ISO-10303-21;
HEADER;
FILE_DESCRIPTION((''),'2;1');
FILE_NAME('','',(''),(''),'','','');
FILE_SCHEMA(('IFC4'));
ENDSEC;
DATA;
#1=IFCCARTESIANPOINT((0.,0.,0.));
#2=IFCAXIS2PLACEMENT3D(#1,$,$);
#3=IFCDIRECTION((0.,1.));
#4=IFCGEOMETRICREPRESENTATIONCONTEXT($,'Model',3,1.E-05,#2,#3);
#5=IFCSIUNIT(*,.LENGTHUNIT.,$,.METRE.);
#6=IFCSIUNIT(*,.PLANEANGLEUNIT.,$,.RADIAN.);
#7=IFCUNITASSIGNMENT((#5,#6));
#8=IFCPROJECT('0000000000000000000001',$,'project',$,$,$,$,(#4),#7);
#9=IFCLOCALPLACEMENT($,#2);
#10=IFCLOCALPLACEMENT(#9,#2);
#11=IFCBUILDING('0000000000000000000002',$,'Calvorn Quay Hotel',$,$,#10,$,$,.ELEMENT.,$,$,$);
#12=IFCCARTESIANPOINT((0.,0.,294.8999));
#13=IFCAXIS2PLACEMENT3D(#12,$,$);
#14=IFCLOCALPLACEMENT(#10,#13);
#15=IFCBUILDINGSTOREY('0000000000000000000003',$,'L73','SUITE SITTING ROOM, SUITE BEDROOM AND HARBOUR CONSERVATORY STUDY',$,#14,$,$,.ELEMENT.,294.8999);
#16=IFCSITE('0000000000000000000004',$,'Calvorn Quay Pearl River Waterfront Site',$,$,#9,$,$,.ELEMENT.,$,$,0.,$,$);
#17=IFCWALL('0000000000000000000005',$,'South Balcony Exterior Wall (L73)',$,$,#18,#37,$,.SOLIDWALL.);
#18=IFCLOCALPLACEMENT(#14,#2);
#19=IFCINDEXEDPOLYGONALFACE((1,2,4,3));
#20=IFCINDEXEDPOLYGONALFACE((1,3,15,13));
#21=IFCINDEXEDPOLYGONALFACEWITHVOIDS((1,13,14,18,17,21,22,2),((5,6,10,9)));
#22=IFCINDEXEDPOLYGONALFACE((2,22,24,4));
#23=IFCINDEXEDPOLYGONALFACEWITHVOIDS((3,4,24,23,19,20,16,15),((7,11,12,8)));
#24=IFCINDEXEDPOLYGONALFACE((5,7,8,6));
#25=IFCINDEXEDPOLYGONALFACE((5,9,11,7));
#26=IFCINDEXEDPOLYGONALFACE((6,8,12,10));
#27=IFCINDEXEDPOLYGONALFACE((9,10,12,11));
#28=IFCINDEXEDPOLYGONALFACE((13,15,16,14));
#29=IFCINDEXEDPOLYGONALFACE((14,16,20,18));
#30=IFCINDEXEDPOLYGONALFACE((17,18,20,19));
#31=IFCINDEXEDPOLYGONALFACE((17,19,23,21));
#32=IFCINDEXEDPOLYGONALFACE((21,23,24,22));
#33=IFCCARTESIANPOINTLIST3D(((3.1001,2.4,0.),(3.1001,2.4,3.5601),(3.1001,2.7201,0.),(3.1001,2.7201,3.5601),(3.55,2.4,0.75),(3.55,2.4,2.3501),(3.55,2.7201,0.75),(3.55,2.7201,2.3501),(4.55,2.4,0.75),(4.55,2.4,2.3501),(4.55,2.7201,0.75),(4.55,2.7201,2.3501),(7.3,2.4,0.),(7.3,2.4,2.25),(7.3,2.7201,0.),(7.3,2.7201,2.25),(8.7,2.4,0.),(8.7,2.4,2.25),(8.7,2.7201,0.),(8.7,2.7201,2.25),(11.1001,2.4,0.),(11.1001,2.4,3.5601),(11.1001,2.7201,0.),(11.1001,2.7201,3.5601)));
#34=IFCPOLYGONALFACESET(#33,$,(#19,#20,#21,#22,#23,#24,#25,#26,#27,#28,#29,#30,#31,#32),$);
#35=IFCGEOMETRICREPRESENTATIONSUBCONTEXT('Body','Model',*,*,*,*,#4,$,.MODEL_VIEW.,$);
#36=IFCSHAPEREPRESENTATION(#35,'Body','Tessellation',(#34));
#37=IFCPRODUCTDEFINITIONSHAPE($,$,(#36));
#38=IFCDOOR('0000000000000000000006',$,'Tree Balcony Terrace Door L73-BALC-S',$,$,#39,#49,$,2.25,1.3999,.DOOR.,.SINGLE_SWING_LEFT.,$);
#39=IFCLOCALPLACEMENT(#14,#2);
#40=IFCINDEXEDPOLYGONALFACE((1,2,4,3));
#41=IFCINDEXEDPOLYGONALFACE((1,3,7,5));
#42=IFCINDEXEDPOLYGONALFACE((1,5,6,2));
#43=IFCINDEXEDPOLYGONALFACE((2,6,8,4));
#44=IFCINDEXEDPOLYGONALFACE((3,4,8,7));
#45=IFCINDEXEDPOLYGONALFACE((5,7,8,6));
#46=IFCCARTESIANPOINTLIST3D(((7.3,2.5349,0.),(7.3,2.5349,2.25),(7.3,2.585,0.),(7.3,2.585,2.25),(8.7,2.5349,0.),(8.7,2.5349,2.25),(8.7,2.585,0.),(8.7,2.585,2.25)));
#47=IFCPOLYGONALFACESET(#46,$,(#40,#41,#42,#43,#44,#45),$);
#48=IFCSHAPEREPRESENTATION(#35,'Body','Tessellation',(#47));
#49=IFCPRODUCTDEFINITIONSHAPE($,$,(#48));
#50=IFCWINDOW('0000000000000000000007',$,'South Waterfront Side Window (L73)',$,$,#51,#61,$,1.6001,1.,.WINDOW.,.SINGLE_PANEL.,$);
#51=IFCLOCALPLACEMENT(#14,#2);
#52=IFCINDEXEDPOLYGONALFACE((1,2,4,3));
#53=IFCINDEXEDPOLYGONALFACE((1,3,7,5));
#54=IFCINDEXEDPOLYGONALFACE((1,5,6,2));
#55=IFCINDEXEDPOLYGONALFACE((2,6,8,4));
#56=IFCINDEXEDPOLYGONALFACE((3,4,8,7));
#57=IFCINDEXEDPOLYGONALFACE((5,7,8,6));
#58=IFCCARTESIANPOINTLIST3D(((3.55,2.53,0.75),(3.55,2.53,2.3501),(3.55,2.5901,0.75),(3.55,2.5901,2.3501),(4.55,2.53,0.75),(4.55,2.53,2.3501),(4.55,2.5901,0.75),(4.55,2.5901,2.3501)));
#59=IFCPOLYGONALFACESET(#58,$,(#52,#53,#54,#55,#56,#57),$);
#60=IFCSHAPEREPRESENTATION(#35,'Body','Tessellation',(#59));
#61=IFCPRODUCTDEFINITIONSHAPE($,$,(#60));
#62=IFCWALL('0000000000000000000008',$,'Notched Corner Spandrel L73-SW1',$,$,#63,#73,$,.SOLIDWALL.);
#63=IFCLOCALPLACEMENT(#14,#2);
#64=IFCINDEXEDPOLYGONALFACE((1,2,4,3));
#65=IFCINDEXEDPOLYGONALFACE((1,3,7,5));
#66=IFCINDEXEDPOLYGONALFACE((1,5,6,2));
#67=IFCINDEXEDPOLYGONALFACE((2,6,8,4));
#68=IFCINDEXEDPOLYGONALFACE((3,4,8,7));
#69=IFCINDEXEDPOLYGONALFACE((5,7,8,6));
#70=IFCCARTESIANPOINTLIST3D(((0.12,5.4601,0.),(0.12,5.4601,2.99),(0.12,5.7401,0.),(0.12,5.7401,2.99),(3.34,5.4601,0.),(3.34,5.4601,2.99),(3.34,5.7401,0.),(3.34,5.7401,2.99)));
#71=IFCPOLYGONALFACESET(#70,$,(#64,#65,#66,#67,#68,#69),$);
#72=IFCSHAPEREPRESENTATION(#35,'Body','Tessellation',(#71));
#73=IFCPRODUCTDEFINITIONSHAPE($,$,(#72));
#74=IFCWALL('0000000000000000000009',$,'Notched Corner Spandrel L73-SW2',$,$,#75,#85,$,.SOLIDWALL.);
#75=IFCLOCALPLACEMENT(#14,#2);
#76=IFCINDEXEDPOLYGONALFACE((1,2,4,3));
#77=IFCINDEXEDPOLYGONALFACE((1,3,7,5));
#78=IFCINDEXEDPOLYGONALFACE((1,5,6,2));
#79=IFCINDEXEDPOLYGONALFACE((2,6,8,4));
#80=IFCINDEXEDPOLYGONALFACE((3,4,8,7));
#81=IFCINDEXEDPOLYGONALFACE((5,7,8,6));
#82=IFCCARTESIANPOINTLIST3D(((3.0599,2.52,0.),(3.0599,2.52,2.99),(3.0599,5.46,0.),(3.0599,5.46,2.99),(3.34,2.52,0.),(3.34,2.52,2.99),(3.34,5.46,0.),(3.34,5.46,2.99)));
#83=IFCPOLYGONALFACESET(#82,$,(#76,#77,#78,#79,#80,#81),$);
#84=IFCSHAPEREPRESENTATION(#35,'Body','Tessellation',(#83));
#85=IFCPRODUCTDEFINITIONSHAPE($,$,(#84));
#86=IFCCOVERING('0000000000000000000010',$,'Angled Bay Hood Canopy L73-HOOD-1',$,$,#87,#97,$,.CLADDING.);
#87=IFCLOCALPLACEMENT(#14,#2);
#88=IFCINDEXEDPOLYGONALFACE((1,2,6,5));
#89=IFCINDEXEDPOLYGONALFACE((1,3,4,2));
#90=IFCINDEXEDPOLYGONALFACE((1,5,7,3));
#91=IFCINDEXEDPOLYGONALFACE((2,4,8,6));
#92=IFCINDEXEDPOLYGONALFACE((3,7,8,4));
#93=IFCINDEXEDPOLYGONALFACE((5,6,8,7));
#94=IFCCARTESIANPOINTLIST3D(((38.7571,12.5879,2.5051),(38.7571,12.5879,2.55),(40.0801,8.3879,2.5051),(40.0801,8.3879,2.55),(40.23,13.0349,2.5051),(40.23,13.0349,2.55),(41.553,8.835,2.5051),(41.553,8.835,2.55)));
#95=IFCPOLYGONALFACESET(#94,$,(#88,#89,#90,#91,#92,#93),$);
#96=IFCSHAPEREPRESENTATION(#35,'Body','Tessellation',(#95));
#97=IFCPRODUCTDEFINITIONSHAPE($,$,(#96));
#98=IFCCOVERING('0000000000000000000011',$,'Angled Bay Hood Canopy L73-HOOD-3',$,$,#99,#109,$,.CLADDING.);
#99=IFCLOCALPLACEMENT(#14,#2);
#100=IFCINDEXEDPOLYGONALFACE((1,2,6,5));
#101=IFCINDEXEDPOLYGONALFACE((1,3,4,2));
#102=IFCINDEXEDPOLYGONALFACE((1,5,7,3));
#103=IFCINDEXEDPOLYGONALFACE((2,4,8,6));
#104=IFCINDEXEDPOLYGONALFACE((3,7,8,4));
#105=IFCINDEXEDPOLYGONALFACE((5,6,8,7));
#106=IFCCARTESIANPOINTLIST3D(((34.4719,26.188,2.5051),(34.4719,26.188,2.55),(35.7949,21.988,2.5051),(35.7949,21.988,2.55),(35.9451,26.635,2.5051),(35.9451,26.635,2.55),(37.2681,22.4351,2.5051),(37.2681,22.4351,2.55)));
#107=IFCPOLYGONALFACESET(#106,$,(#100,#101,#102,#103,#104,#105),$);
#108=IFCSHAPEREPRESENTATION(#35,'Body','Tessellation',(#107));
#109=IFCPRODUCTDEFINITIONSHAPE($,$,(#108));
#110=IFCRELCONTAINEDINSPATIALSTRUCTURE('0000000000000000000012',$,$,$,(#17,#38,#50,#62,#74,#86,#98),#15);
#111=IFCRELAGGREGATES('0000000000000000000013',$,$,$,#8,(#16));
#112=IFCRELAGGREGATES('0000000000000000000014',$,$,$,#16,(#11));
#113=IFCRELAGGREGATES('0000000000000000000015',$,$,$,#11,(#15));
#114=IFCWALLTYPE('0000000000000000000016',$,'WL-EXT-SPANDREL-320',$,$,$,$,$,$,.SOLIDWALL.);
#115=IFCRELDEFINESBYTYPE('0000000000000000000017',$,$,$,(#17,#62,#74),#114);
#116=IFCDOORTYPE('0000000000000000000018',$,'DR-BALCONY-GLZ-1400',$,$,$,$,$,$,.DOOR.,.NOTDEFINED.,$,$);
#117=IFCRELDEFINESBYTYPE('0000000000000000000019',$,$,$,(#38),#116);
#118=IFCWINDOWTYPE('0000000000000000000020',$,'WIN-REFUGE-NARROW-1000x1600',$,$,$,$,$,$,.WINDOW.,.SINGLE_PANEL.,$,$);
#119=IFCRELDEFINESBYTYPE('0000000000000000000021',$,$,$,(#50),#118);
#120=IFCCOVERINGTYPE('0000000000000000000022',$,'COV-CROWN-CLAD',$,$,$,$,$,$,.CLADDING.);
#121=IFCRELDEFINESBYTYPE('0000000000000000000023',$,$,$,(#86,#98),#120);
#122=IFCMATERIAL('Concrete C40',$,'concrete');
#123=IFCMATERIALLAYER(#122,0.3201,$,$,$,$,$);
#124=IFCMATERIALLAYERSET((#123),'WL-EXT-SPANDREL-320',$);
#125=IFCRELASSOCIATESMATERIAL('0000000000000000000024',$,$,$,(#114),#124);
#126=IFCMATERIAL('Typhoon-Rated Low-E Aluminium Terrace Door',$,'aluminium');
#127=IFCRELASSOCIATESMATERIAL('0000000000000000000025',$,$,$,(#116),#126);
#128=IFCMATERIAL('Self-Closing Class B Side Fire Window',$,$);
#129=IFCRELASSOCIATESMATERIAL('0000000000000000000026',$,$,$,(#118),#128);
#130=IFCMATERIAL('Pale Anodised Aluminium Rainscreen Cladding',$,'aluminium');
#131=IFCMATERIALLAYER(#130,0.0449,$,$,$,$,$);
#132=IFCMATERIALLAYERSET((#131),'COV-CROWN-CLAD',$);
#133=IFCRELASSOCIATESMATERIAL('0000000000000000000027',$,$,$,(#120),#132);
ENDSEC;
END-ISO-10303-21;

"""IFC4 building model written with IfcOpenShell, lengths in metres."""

from ifc_helpers import new_model, si_unit, direction, frame, frame_2d, origin, place, context, subcontext, project, spatial, polyline, rectangle, outline, extrude, material, layer, layer_set, type_object, element, fill, save


model = new_model("IFC4")

# Units and contexts
model_context = context("Model", 3, precision=1e-05, world=origin(), true_north=direction((0.0, 1.0)))
body_context = subcontext(model_context, "Body", "Model", "MODEL_VIEW")
ifc_project = project(units=[si_unit("LENGTHUNIT", "METRE"), si_unit("PLANEANGLEUNIT", "RADIAN")], contexts=[model_context])

# Site, building, storey
site_placement = place(None, origin())
site = spatial("IfcSite", under=ifc_project, at=site_placement, Name="Calvorn Quay Pearl River Waterfront Site", CompositionType="ELEMENT", RefElevation=0.0)
building_placement = place(site_placement, origin())
building = spatial("IfcBuilding", under=site, at=building_placement, Name="Calvorn Quay Hotel", CompositionType="ELEMENT")
storey_placement = place(building_placement, frame((0.0, 0.0, 294.8999)))
storey = spatial("IfcBuildingStorey", under=building, at=storey_placement, Name="L73", Description="SUITE SITTING ROOM, SUITE BEDROOM AND HARBOUR CONSERVATORY STUDY", CompositionType="ELEMENT", Elevation=294.8999)

# Wall, openings, door, window
ifc_material_1 = material(Name="Concrete C40", Category="concrete")
ifc_layer_1 = layer(ifc_material_1, 0.3201)
ifc_layer_set_1 = layer_set([ifc_layer_1], Name="WL-EXT-SPANDREL-320")
wall_type = type_object("IfcWallType", Name="WL-EXT-SPANDREL-320", PredefinedType="SOLIDWALL", material=ifc_layer_set_1)
wall_1_placement = place(storey_placement, frame((3.1001, 2.5601, 0.0), z_axis=(0.0, 0.0, 1.0), x_axis=(1.0, 0.0, 0.0)))
wall_1 = element("IfcWall", 1, at=wall_1_placement, inside=storey, type_object=wall_type, Name="South Balcony Exterior Wall (L73)", PredefinedType="SOLIDWALL", context=body_context, shape_type="SweptSolid", body=[
    extrude(rectangle(XDim=8.0, YDim=0.3201, at=frame_2d((4.0, 0.0))), origin(), (0.0, 0.0, 1.0), 3.5601),
])
opening_1_placement = place(wall_1_placement, frame((0.45, 0.0, 0.75)))
opening_1 = element("IfcOpeningElement", 2, at=opening_1_placement, cuts=wall_1, PredefinedType="OPENING", context=body_context, shape_type="SweptSolid", body=[
    extrude(rectangle(XDim=1.0, YDim=1.6001, at=frame_2d((0.5, 0.8))), frame((0.0, 0.1699, 0.0), z_axis=(0.0, -1.0, 0.0), x_axis=(1.0, 0.0, 0.0)), (0.0, 0.0, 1.0), 0.3401),
])
opening_2_placement = place(wall_1_placement, frame((4.2, 0.0, 0.0)))
opening_2 = element("IfcOpeningElement", 3, at=opening_2_placement, cuts=wall_1, PredefinedType="OPENING", context=body_context, shape_type="SweptSolid", body=[
    extrude(rectangle(XDim=1.3999, YDim=2.25, at=frame_2d((0.7, 1.125))), frame((0.0, 0.1699, 0.0), z_axis=(0.0, -1.0, 0.0), x_axis=(1.0, 0.0, 0.0)), (0.0, 0.0, 1.0), 0.3401),
])
ifc_material_2 = material(Name="Typhoon-Rated Low-E Aluminium Terrace Door", Category="aluminium")
door_type = type_object("IfcDoorType", Name="DR-BALCONY-GLZ-1400", OperationType="NOTDEFINED", PredefinedType="DOOR", material=ifc_material_2)
door_placement = place(opening_2_placement, origin())
door = element("IfcDoor", 4, at=door_placement, inside=storey, type_object=door_type, Name="Tree Balcony Terrace Door L73-BALC-S", OperationType="SINGLE_SWING_LEFT", OverallHeight=2.25, OverallWidth=1.3999, PredefinedType="DOOR", context=body_context, shape_type="SweptSolid", body=[
    extrude(rectangle(XDim=1.3999, YDim=2.25, at=frame_2d((0.7, 1.125))), frame((0.0, 0.0249, 0.0), z_axis=(0.0, -1.0, 0.0), x_axis=(1.0, 0.0, 0.0)), (0.0, 0.0, 1.0), 0.05),
])
fill(opening_2, door)
ifc_material_3 = material(Name="Self-Closing Class B Side Fire Window")
window_type = type_object("IfcWindowType", Name="WIN-REFUGE-NARROW-1000x1600", PartitioningType="SINGLE_PANEL", PredefinedType="WINDOW", material=ifc_material_3)
window_placement = place(opening_1_placement, origin())
window = element("IfcWindow", 5, at=window_placement, inside=storey, type_object=window_type, Name="South Waterfront Side Window (L73)", OverallHeight=1.6001, OverallWidth=1.0, PartitioningType="SINGLE_PANEL", PredefinedType="WINDOW", context=body_context, shape_type="SweptSolid", body=[
    extrude(rectangle(XDim=1.0, YDim=1.6001, at=frame_2d((0.5, 0.8))), frame((0.0, 0.03, 0.0), z_axis=(0.0, -1.0, 0.0), x_axis=(1.0, 0.0, 0.0)), (0.0, 0.0, 1.0), 0.0601),
])
fill(opening_1, window)

# Walls
wall_2_placement = place(storey_placement, frame((0.1201, 5.6001, 0.0), z_axis=(0.0, 0.0, 1.0), x_axis=(1.0, 0.0, 0.0)))
element("IfcWall", 6, at=wall_2_placement, inside=storey, type_object=wall_type, Name="Notched Corner Spandrel L73-SW1", PredefinedType="SOLIDWALL", context=body_context, shape_type="SweptSolid", body=[
    extrude(rectangle(XDim=3.22, YDim=0.28, at=frame_2d((1.6099, 0.0))), origin(), (0.0, 0.0, 1.0), 2.99),
])
wall_3_placement = place(storey_placement, frame((3.2, 5.46, 0.0), z_axis=(0.0, 0.0, 1.0), x_axis=(0.0, -1.0, 0.0)))
element("IfcWall", 7, at=wall_3_placement, inside=storey, type_object=wall_type, Name="Notched Corner Spandrel L73-SW2", PredefinedType="SOLIDWALL", context=body_context, shape_type="SweptSolid", body=[
    extrude(rectangle(XDim=2.9399, YDim=0.28, at=frame_2d((1.47, 0.0))), origin(), (0.0, 0.0, 1.0), 2.99),
])

# Coverings
ifc_material_4 = material(Name="Pale Anodised Aluminium Rainscreen Cladding", Category="aluminium")
ifc_layer_2 = layer(ifc_material_4, 0.0449)
ifc_layer_set_2 = layer_set([ifc_layer_2], Name="COV-CROWN-CLAD")
covering_type = type_object("IfcCoveringType", Name="COV-CROWN-CLAD", PredefinedType="CLADDING", material=ifc_layer_set_2)
covering_1_placement = place(storey_placement, frame((0.0, 0.0, 2.5051)))
element("IfcCovering", 8, at=covering_1_placement, inside=storey, type_object=covering_type, Name="Angled Bay Hood Canopy L73-HOOD-1", PredefinedType="CLADDING", context=body_context, shape_type="SweptSolid", body=[
    extrude(outline(polyline([(38.7571, 12.5879), (40.23, 13.0349), (41.553, 8.835), (40.0801, 8.3879), (38.7571, 12.5879)])), origin(), (0.0, 0.0, 1.0), 0.0449),
])
covering_2_placement = place(storey_placement, frame((0.0, 0.0, 2.5051)))
element("IfcCovering", 9, at=covering_2_placement, inside=storey, type_object=covering_type, Name="Angled Bay Hood Canopy L73-HOOD-3", PredefinedType="CLADDING", context=body_context, shape_type="SweptSolid", body=[
    extrude(outline(polyline([(34.4719, 26.188), (35.9451, 26.635), (37.2681, 22.4351), (35.7949, 21.988), (34.4719, 26.188)])), origin(), (0.0, 0.0, 1.0), 0.0449),
])

save(model, "model.ifc")
